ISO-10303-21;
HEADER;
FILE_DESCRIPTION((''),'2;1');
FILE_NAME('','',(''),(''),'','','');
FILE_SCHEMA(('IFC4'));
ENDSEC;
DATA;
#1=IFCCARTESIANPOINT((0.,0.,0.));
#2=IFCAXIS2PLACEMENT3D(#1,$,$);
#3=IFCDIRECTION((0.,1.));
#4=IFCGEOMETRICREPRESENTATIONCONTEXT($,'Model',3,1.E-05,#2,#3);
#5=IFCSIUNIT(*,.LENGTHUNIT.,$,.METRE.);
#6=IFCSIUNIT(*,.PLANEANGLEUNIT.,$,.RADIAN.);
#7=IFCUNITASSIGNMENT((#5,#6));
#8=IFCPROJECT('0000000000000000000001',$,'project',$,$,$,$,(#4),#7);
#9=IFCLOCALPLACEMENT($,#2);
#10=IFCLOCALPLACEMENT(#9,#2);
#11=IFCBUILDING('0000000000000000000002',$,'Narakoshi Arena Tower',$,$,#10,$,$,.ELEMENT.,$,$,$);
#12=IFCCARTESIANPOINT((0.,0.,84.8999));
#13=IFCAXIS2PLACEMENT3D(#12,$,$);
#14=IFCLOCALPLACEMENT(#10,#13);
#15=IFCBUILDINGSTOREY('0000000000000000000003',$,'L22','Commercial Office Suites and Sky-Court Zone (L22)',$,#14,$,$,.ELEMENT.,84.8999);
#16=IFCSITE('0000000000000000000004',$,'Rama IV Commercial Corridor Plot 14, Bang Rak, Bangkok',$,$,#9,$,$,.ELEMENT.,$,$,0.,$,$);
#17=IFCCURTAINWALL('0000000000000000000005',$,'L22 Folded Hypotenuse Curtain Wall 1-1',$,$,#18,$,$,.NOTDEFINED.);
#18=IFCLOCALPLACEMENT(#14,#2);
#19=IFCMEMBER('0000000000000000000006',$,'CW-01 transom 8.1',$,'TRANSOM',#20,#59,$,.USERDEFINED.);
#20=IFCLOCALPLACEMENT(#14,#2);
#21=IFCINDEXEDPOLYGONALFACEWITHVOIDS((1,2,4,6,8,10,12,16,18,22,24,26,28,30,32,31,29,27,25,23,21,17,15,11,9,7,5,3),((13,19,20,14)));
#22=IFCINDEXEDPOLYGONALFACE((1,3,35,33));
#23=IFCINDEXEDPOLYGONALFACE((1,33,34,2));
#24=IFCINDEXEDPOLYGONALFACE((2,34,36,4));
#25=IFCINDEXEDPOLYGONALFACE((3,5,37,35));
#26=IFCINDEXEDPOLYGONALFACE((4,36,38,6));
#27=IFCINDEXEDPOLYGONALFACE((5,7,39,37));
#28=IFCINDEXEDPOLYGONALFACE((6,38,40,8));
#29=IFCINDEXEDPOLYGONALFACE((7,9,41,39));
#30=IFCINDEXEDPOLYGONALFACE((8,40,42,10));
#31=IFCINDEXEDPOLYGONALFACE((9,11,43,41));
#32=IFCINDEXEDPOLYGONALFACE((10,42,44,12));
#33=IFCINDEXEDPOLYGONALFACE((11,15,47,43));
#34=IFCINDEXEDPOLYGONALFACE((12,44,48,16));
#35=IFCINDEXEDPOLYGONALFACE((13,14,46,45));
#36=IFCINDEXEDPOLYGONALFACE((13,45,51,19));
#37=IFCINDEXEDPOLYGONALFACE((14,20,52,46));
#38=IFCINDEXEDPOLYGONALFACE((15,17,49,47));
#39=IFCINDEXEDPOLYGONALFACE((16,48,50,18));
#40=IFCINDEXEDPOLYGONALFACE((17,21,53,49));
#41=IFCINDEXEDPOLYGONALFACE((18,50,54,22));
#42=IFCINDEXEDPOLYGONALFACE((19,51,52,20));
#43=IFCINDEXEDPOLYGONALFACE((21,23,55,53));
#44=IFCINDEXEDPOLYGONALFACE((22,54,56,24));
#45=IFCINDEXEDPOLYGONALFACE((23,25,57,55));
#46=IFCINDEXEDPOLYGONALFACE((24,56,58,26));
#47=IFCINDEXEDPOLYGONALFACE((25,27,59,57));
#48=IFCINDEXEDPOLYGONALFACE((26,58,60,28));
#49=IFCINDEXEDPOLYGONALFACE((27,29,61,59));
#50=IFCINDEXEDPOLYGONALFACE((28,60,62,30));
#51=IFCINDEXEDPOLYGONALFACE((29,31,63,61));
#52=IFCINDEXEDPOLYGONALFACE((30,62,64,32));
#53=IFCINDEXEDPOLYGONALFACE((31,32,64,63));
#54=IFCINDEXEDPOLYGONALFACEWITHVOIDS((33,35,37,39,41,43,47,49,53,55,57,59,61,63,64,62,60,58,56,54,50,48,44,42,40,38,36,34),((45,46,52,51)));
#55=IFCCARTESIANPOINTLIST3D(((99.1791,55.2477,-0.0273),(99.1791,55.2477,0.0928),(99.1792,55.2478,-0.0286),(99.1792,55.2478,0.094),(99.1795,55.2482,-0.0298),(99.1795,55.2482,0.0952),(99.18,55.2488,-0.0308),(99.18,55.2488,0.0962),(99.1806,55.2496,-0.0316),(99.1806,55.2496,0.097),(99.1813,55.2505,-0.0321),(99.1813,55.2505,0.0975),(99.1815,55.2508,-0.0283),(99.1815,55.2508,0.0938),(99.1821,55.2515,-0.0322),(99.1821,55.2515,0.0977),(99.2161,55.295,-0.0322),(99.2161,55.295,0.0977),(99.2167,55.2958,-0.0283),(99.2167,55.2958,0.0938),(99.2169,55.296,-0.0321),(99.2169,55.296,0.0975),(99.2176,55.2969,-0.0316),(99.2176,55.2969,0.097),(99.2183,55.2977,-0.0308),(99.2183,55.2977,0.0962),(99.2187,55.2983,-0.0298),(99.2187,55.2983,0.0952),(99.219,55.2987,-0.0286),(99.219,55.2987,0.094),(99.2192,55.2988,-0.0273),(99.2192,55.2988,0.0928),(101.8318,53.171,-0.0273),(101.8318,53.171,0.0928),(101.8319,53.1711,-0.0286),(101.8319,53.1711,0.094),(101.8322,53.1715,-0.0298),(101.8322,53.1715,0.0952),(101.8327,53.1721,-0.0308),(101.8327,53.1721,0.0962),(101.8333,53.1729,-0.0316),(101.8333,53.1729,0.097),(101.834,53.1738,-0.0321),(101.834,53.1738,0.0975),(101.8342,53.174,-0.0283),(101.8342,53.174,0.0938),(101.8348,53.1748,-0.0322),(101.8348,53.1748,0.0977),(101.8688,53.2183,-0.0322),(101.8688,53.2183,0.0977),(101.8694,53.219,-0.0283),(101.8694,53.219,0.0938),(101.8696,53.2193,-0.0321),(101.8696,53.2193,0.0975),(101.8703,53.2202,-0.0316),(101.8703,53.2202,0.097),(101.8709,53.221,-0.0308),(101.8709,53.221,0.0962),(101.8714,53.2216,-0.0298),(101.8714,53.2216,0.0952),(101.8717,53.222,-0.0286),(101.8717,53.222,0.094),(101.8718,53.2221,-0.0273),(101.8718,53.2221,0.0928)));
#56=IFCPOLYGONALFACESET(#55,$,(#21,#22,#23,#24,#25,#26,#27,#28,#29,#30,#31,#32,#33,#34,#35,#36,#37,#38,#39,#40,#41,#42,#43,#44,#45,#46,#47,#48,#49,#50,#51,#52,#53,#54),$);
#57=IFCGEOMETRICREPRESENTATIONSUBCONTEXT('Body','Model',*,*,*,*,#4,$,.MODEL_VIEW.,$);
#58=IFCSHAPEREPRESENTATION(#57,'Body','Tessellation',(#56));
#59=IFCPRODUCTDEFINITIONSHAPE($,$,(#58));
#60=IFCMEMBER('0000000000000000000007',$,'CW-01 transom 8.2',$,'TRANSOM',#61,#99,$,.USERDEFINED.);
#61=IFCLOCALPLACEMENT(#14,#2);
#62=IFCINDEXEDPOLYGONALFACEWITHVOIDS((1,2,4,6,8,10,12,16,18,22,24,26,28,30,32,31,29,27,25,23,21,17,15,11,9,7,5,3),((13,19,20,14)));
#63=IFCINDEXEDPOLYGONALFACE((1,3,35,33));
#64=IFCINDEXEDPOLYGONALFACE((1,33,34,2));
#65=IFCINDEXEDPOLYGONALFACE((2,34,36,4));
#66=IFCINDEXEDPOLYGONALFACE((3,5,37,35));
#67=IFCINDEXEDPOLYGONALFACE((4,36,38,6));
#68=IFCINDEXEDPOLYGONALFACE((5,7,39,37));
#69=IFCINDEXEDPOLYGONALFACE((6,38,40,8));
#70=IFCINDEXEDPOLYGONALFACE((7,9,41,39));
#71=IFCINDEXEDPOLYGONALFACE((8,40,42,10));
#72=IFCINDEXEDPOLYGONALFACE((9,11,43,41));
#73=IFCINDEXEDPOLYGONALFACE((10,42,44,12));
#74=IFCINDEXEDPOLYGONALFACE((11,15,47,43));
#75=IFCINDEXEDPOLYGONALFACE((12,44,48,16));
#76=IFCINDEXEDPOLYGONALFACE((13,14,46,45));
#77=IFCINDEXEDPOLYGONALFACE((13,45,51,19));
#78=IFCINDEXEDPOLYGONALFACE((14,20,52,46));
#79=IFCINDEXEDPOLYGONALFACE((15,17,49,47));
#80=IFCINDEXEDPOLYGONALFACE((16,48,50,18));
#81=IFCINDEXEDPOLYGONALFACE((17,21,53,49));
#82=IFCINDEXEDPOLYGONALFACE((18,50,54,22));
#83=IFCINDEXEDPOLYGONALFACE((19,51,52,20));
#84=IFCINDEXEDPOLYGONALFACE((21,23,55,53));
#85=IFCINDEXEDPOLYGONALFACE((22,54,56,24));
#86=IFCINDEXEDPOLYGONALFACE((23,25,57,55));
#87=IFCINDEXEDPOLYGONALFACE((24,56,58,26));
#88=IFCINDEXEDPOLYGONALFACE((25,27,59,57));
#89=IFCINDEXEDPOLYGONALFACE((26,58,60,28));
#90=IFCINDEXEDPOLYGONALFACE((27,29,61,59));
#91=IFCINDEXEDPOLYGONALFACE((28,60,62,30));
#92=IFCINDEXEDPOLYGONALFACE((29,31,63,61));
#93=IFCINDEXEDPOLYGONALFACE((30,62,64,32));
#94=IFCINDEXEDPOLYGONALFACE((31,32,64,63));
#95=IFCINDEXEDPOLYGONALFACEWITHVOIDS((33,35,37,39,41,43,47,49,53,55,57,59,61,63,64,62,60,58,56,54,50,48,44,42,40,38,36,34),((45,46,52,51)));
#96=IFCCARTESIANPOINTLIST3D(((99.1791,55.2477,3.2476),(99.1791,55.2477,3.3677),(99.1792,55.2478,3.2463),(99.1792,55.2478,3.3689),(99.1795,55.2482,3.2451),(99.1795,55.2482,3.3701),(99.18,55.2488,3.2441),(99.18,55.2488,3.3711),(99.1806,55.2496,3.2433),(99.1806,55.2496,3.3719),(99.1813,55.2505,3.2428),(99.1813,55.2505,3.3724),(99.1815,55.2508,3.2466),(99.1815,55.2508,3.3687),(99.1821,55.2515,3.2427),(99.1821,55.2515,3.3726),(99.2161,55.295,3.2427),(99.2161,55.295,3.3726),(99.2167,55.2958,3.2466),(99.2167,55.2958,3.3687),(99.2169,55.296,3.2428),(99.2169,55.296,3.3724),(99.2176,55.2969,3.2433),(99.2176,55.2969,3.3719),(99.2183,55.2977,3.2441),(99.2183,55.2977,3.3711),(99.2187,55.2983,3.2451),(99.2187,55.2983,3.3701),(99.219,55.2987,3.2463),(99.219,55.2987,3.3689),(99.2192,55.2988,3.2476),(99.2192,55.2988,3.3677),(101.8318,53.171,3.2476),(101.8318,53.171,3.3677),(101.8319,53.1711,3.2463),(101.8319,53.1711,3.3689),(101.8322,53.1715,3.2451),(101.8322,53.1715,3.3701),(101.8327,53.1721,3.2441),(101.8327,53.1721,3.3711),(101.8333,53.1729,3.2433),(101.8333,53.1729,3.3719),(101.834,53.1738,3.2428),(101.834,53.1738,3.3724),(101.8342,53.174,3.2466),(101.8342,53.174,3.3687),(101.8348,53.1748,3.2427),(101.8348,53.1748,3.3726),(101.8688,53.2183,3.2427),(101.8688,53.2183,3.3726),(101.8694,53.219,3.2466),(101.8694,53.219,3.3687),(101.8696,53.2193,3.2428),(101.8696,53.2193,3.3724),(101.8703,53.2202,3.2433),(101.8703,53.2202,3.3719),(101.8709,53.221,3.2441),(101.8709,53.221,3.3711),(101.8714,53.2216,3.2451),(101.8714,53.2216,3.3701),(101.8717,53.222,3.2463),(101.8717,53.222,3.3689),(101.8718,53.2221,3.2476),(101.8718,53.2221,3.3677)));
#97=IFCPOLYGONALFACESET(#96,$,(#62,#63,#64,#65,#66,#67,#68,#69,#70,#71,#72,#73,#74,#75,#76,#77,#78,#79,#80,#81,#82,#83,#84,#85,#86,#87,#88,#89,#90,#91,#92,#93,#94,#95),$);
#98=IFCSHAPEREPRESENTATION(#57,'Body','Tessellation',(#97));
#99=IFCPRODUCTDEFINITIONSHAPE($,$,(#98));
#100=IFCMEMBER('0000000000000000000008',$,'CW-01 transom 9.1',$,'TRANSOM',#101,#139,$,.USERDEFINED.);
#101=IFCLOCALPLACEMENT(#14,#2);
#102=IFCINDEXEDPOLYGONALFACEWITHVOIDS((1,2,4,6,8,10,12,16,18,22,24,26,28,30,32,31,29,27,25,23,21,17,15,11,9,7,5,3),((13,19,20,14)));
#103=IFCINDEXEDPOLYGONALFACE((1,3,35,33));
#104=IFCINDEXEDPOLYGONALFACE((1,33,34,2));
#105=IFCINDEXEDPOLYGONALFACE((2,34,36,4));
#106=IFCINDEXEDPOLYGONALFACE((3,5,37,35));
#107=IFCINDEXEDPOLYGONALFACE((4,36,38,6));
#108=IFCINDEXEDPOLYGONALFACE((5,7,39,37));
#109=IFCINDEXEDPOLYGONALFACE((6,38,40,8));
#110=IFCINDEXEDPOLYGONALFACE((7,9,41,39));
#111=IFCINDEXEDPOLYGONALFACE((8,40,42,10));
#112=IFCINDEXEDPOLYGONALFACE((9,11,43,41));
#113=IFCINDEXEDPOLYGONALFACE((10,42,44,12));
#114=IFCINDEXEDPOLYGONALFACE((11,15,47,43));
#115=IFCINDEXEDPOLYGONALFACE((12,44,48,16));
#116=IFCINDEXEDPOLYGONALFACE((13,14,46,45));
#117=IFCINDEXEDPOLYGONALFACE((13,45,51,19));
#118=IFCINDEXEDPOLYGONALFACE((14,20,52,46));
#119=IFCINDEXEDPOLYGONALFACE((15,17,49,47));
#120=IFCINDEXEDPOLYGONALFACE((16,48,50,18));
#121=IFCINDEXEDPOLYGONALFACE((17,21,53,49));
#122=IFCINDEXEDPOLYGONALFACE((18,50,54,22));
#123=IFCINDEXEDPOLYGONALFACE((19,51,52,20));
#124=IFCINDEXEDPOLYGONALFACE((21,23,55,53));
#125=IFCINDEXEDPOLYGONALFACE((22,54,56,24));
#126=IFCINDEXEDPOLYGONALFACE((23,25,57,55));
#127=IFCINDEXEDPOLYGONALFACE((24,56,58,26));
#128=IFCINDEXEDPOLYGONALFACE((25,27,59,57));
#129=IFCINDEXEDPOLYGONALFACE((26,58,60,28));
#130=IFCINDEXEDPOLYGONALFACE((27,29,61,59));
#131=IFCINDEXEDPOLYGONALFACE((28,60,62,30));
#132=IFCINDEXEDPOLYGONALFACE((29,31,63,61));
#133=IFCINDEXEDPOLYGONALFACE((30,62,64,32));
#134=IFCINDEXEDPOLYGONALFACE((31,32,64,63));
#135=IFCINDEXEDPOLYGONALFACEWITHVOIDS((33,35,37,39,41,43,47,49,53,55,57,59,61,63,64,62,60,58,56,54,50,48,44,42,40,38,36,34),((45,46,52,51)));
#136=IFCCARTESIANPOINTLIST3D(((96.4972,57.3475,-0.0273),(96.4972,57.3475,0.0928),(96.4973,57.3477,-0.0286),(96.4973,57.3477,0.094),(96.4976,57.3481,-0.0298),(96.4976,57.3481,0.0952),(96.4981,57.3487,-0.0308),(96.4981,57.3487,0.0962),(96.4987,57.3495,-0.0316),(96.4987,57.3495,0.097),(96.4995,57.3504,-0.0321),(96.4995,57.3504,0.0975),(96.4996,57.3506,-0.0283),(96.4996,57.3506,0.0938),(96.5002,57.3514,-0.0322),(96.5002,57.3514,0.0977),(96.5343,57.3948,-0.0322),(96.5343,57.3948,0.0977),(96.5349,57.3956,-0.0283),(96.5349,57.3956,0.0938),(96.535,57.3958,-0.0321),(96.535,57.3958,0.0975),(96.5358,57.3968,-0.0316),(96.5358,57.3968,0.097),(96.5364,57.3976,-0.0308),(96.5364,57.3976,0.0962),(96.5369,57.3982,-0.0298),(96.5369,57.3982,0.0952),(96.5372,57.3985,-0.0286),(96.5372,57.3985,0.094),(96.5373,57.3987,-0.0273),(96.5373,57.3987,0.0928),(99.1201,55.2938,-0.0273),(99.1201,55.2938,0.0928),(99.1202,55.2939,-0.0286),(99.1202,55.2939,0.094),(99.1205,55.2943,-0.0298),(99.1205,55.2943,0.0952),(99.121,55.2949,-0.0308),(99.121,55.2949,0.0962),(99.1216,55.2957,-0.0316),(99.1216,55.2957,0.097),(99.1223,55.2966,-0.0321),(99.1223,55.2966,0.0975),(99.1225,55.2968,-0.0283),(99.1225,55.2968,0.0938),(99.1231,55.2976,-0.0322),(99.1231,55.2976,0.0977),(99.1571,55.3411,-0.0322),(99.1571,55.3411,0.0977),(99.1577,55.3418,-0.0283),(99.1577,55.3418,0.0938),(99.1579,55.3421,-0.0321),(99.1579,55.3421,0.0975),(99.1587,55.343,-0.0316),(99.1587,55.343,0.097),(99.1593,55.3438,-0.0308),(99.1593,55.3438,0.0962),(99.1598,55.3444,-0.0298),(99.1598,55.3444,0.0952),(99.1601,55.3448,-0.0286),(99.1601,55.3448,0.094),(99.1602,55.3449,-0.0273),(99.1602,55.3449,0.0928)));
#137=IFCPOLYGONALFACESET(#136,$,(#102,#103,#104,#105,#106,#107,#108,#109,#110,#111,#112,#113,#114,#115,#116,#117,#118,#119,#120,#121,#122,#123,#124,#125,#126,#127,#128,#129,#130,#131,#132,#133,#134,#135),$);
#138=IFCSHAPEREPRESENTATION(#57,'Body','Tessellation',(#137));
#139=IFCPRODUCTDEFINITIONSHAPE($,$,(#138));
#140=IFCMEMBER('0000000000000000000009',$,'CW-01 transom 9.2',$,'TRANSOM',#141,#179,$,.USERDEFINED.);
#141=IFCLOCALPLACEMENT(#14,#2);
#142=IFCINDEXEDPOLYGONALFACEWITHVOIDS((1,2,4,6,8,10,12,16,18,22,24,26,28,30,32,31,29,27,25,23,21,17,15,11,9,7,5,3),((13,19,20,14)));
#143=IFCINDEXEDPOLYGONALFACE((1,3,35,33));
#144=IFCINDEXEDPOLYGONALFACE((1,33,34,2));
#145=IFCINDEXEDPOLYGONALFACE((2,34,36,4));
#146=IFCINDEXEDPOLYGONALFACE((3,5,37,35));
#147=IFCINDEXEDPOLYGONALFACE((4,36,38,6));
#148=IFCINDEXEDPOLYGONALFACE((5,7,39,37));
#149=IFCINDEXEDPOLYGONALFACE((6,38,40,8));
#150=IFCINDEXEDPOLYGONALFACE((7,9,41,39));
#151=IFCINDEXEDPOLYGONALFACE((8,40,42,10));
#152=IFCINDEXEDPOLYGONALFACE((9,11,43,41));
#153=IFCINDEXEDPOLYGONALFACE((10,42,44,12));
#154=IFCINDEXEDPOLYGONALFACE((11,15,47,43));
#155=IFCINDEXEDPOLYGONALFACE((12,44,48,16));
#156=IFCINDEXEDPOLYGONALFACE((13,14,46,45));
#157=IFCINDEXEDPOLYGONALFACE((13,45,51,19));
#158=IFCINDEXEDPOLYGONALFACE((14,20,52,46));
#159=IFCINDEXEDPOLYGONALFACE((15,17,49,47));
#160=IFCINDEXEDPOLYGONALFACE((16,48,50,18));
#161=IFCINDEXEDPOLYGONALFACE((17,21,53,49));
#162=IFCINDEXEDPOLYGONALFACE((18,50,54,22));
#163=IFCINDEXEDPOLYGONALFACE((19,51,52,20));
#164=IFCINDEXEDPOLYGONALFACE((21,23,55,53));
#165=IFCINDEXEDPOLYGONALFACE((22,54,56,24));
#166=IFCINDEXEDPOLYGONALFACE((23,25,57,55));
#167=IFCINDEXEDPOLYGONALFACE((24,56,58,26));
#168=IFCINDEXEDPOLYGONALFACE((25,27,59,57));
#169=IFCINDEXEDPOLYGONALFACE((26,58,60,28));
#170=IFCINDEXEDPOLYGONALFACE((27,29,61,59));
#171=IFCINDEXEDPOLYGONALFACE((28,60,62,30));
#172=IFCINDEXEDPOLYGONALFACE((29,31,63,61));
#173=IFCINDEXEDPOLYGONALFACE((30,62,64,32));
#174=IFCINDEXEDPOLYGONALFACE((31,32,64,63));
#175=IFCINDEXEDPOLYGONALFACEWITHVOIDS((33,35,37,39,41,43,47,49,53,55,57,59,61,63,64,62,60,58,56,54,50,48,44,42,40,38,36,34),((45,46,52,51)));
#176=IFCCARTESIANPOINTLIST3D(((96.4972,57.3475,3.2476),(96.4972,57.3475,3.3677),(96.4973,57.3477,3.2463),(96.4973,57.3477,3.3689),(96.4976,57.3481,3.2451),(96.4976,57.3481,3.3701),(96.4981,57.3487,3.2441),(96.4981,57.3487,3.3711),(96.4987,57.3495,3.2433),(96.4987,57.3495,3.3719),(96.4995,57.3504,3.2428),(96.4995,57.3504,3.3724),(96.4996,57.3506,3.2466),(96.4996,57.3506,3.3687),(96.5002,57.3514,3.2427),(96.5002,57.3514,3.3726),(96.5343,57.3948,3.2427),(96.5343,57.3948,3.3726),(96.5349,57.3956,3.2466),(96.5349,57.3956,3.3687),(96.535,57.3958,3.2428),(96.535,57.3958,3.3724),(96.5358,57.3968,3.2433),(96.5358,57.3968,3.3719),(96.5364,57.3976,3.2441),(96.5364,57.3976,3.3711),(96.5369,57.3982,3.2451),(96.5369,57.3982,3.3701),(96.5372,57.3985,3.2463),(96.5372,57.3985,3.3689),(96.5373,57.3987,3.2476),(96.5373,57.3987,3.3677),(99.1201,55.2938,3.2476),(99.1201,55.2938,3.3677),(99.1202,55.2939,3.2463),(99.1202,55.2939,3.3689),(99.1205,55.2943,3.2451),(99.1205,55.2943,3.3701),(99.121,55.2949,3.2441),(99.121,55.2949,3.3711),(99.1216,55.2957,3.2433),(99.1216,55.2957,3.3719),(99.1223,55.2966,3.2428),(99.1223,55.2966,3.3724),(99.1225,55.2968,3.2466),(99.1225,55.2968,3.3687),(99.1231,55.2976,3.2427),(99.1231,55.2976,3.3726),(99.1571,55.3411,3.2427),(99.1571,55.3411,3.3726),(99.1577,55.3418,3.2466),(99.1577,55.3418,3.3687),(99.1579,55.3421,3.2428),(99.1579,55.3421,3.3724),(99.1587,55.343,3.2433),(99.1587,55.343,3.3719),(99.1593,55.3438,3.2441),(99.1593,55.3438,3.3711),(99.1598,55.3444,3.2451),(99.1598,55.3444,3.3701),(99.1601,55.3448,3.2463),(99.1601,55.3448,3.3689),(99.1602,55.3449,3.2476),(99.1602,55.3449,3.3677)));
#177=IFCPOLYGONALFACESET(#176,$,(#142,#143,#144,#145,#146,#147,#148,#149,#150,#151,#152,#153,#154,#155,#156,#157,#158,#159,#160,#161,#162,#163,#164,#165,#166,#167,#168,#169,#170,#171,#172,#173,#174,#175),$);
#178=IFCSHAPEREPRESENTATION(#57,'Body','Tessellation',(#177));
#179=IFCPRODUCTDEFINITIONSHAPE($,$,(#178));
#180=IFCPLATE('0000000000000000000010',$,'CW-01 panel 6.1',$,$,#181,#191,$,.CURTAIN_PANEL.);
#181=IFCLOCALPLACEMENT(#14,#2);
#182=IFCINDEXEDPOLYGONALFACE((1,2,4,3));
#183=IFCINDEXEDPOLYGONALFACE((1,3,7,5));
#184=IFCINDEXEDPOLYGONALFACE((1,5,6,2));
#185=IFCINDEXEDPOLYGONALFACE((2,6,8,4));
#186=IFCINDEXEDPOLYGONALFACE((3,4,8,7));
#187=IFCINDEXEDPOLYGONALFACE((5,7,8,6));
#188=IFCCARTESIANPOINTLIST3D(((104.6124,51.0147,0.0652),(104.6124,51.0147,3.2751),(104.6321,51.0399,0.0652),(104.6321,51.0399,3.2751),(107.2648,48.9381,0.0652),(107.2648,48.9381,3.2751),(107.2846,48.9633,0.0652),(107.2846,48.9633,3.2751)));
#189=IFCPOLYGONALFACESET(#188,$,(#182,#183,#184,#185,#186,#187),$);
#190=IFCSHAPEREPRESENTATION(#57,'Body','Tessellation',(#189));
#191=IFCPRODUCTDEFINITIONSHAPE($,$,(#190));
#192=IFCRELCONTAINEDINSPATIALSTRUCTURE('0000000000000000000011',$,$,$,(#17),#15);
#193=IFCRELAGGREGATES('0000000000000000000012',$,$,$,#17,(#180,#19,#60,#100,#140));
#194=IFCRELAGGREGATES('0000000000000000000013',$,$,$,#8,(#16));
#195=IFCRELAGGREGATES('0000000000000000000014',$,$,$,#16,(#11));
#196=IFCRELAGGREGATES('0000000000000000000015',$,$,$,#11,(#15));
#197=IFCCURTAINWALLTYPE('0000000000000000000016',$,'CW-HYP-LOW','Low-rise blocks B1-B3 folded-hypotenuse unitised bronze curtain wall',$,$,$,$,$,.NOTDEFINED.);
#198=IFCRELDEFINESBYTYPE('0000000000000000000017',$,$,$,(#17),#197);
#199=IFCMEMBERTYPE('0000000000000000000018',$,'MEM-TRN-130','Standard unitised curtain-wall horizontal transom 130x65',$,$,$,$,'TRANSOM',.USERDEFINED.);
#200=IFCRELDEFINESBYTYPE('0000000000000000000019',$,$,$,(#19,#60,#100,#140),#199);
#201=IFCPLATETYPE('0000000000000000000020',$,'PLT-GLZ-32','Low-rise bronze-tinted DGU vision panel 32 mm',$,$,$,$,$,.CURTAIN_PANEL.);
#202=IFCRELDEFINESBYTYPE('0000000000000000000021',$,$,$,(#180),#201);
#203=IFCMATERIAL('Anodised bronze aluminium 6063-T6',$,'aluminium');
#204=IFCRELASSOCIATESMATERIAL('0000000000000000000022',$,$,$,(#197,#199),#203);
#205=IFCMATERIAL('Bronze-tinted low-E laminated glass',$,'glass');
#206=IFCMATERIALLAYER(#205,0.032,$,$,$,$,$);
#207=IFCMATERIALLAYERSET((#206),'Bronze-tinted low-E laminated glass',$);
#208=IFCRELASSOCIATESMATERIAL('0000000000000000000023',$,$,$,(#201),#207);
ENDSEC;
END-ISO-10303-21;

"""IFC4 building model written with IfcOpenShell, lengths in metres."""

from ifc_helpers import new_model, si_unit, direction, frame, origin, origin_2d, place, context, subcontext, project, spatial, rectangle, hollow_rectangle, extrude, material, layer, layer_set, material_profile, profile_set, type_object, element, aggregate, save


model = new_model("IFC4")

# Units and contexts
model_context = context("Model", 3, precision=1e-05, world=origin(), true_north=direction((0.0, 1.0)))
body_context = subcontext(model_context, "Body", "Model", "MODEL_VIEW")
ifc_project = project(units=[si_unit("LENGTHUNIT", "METRE"), si_unit("PLANEANGLEUNIT", "RADIAN")], contexts=[model_context])

# Site, building, storey
site_placement = place(None, origin())
site = spatial("IfcSite", under=ifc_project, at=site_placement, Name="Rama IV Commercial Corridor Plot 14, Bang Rak, Bangkok", CompositionType="ELEMENT", RefElevation=0.0)
building_placement = place(site_placement, origin())
building = spatial("IfcBuilding", under=site, at=building_placement, Name="Narakoshi Arena Tower", CompositionType="ELEMENT")
storey_placement = place(building_placement, frame((0.0, 0.0, 84.8999)))
storey = spatial("IfcBuildingStorey", under=building, at=storey_placement, Name="L22", Description="Commercial Office Suites and Sky-Court Zone (L22)", CompositionType="ELEMENT", Elevation=84.8999)

# Curtain wall, members, plate
ifc_material_1 = material(Name="Anodised bronze aluminium 6063-T6", Category="aluminium")
curtain_wall_type = type_object("IfcCurtainWallType", Name="CW-HYP-LOW", Description="Low-rise blocks B1-B3 folded-hypotenuse unitised bronze curtain wall", PredefinedType="NOTDEFINED", material=ifc_material_1)
curtain_wall_placement = place(storey_placement, origin())
curtain_wall = element("IfcCurtainWall", 1, at=curtain_wall_placement, inside=storey, type_object=curtain_wall_type, Name="L22 Folded Hypotenuse Curtain Wall 1-1", PredefinedType="NOTDEFINED")
ifc_material_profile_1 = material_profile(ifc_material_1, hollow_rectangle(XDim=0.0649, YDim=0.1299, WallThickness=0.0039, OuterFilletRadius=0.0049, at=origin_2d()), Name="TRN130x65x4")
ifc_profile_set_1 = profile_set([ifc_material_profile_1], Name="Anodised bronze aluminium 6063-T6")
member_type_1 = type_object("IfcMemberType", Name="MEM-TRN-130", Description="Standard unitised curtain-wall horizontal transom 130x65", ElementType="TRANSOM", PredefinedType="USERDEFINED", material=ifc_profile_set_1)
member_1_placement = place(storey_placement, frame((101.8518, 53.1965, 0.0327), z_axis=(-0.787401, 0.616441, 0.0), x_axis=(-0.616441, -0.787401, 0.0)))
member_1 = element("IfcMember", 2, at=member_1_placement, type_object=member_type_1, Name="CW-01 transom 8.1", ObjectType="TRANSOM", PredefinedType="USERDEFINED", context=body_context, shape_type="SweptSolid", body=[
    extrude(hollow_rectangle(XDim=0.0649, YDim=0.1299, WallThickness=0.0039, OuterFilletRadius=0.0049, at=origin_2d()), origin(), (0.0, 0.0, 1.0), 3.3689),
])
member_2_placement = place(storey_placement, frame((101.8518, 53.1965, 3.3076), z_axis=(-0.787401, 0.616441, 0.0), x_axis=(-0.616441, -0.787401, 0.0)))
member_2 = element("IfcMember", 3, at=member_2_placement, type_object=member_type_1, Name="CW-01 transom 8.2", ObjectType="TRANSOM", PredefinedType="USERDEFINED", context=body_context, shape_type="SweptSolid", body=[
    extrude(hollow_rectangle(XDim=0.0649, YDim=0.1299, WallThickness=0.0039, OuterFilletRadius=0.0049, at=origin_2d()), origin(), (0.0, 0.0, 1.0), 3.3689),
])
member_3_placement = place(storey_placement, frame((99.1401, 55.3193, 0.0327), z_axis=(-0.787347, 0.61651, 0.0), x_axis=(-0.61651, -0.787347, 0.0)))
member_3 = element("IfcMember", 4, at=member_3_placement, type_object=member_type_1, Name="CW-01 transom 9.1", ObjectType="TRANSOM", PredefinedType="USERDEFINED", context=body_context, shape_type="SweptSolid", body=[
    extrude(hollow_rectangle(XDim=0.0649, YDim=0.1299, WallThickness=0.0039, OuterFilletRadius=0.0049, at=origin_2d()), origin(), (0.0, 0.0, 1.0), 3.3313),
])
member_4_placement = place(storey_placement, frame((99.1401, 55.3193, 3.3076), z_axis=(-0.787347, 0.61651, 0.0), x_axis=(-0.61651, -0.787347, 0.0)))
member_4 = element("IfcMember", 5, at=member_4_placement, type_object=member_type_1, Name="CW-01 transom 9.2", ObjectType="TRANSOM", PredefinedType="USERDEFINED", context=body_context, shape_type="SweptSolid", body=[
    extrude(hollow_rectangle(XDim=0.0649, YDim=0.1299, WallThickness=0.0039, OuterFilletRadius=0.0049, at=origin_2d()), origin(), (0.0, 0.0, 1.0), 3.3313),
])
ifc_material_2 = material(Name="Bronze-tinted low-E laminated glass", Category="glass")
ifc_layer_1 = layer(ifc_material_2, 0.032)
ifc_layer_set_1 = layer_set([ifc_layer_1], Name="Bronze-tinted low-E laminated glass")
plate_type = type_object("IfcPlateType", Name="PLT-GLZ-32", Description="Low-rise bronze-tinted DGU vision panel 32 mm", PredefinedType="CURTAIN_PANEL", material=ifc_layer_set_1)
plate_1_placement = place(storey_placement, frame((105.9485, 49.989, 0.0652), z_axis=(0.0, 0.0, 1.0), x_axis=(-0.787388, 0.616458, 0.0)))
plate_1 = element("IfcPlate", 6, at=plate_1_placement, type_object=plate_type, Name="CW-01 panel 6.1", PredefinedType="CURTAIN_PANEL", context=body_context, shape_type="SweptSolid", body=[
    extrude(rectangle(XDim=3.3687, YDim=0.032, at=origin_2d()), origin(), (0.0, 0.0, 1.0), 3.21),
])
aggregate(curtain_wall, [plate_1, member_1, member_2, member_3, member_4])

save(model, "model.ifc")
